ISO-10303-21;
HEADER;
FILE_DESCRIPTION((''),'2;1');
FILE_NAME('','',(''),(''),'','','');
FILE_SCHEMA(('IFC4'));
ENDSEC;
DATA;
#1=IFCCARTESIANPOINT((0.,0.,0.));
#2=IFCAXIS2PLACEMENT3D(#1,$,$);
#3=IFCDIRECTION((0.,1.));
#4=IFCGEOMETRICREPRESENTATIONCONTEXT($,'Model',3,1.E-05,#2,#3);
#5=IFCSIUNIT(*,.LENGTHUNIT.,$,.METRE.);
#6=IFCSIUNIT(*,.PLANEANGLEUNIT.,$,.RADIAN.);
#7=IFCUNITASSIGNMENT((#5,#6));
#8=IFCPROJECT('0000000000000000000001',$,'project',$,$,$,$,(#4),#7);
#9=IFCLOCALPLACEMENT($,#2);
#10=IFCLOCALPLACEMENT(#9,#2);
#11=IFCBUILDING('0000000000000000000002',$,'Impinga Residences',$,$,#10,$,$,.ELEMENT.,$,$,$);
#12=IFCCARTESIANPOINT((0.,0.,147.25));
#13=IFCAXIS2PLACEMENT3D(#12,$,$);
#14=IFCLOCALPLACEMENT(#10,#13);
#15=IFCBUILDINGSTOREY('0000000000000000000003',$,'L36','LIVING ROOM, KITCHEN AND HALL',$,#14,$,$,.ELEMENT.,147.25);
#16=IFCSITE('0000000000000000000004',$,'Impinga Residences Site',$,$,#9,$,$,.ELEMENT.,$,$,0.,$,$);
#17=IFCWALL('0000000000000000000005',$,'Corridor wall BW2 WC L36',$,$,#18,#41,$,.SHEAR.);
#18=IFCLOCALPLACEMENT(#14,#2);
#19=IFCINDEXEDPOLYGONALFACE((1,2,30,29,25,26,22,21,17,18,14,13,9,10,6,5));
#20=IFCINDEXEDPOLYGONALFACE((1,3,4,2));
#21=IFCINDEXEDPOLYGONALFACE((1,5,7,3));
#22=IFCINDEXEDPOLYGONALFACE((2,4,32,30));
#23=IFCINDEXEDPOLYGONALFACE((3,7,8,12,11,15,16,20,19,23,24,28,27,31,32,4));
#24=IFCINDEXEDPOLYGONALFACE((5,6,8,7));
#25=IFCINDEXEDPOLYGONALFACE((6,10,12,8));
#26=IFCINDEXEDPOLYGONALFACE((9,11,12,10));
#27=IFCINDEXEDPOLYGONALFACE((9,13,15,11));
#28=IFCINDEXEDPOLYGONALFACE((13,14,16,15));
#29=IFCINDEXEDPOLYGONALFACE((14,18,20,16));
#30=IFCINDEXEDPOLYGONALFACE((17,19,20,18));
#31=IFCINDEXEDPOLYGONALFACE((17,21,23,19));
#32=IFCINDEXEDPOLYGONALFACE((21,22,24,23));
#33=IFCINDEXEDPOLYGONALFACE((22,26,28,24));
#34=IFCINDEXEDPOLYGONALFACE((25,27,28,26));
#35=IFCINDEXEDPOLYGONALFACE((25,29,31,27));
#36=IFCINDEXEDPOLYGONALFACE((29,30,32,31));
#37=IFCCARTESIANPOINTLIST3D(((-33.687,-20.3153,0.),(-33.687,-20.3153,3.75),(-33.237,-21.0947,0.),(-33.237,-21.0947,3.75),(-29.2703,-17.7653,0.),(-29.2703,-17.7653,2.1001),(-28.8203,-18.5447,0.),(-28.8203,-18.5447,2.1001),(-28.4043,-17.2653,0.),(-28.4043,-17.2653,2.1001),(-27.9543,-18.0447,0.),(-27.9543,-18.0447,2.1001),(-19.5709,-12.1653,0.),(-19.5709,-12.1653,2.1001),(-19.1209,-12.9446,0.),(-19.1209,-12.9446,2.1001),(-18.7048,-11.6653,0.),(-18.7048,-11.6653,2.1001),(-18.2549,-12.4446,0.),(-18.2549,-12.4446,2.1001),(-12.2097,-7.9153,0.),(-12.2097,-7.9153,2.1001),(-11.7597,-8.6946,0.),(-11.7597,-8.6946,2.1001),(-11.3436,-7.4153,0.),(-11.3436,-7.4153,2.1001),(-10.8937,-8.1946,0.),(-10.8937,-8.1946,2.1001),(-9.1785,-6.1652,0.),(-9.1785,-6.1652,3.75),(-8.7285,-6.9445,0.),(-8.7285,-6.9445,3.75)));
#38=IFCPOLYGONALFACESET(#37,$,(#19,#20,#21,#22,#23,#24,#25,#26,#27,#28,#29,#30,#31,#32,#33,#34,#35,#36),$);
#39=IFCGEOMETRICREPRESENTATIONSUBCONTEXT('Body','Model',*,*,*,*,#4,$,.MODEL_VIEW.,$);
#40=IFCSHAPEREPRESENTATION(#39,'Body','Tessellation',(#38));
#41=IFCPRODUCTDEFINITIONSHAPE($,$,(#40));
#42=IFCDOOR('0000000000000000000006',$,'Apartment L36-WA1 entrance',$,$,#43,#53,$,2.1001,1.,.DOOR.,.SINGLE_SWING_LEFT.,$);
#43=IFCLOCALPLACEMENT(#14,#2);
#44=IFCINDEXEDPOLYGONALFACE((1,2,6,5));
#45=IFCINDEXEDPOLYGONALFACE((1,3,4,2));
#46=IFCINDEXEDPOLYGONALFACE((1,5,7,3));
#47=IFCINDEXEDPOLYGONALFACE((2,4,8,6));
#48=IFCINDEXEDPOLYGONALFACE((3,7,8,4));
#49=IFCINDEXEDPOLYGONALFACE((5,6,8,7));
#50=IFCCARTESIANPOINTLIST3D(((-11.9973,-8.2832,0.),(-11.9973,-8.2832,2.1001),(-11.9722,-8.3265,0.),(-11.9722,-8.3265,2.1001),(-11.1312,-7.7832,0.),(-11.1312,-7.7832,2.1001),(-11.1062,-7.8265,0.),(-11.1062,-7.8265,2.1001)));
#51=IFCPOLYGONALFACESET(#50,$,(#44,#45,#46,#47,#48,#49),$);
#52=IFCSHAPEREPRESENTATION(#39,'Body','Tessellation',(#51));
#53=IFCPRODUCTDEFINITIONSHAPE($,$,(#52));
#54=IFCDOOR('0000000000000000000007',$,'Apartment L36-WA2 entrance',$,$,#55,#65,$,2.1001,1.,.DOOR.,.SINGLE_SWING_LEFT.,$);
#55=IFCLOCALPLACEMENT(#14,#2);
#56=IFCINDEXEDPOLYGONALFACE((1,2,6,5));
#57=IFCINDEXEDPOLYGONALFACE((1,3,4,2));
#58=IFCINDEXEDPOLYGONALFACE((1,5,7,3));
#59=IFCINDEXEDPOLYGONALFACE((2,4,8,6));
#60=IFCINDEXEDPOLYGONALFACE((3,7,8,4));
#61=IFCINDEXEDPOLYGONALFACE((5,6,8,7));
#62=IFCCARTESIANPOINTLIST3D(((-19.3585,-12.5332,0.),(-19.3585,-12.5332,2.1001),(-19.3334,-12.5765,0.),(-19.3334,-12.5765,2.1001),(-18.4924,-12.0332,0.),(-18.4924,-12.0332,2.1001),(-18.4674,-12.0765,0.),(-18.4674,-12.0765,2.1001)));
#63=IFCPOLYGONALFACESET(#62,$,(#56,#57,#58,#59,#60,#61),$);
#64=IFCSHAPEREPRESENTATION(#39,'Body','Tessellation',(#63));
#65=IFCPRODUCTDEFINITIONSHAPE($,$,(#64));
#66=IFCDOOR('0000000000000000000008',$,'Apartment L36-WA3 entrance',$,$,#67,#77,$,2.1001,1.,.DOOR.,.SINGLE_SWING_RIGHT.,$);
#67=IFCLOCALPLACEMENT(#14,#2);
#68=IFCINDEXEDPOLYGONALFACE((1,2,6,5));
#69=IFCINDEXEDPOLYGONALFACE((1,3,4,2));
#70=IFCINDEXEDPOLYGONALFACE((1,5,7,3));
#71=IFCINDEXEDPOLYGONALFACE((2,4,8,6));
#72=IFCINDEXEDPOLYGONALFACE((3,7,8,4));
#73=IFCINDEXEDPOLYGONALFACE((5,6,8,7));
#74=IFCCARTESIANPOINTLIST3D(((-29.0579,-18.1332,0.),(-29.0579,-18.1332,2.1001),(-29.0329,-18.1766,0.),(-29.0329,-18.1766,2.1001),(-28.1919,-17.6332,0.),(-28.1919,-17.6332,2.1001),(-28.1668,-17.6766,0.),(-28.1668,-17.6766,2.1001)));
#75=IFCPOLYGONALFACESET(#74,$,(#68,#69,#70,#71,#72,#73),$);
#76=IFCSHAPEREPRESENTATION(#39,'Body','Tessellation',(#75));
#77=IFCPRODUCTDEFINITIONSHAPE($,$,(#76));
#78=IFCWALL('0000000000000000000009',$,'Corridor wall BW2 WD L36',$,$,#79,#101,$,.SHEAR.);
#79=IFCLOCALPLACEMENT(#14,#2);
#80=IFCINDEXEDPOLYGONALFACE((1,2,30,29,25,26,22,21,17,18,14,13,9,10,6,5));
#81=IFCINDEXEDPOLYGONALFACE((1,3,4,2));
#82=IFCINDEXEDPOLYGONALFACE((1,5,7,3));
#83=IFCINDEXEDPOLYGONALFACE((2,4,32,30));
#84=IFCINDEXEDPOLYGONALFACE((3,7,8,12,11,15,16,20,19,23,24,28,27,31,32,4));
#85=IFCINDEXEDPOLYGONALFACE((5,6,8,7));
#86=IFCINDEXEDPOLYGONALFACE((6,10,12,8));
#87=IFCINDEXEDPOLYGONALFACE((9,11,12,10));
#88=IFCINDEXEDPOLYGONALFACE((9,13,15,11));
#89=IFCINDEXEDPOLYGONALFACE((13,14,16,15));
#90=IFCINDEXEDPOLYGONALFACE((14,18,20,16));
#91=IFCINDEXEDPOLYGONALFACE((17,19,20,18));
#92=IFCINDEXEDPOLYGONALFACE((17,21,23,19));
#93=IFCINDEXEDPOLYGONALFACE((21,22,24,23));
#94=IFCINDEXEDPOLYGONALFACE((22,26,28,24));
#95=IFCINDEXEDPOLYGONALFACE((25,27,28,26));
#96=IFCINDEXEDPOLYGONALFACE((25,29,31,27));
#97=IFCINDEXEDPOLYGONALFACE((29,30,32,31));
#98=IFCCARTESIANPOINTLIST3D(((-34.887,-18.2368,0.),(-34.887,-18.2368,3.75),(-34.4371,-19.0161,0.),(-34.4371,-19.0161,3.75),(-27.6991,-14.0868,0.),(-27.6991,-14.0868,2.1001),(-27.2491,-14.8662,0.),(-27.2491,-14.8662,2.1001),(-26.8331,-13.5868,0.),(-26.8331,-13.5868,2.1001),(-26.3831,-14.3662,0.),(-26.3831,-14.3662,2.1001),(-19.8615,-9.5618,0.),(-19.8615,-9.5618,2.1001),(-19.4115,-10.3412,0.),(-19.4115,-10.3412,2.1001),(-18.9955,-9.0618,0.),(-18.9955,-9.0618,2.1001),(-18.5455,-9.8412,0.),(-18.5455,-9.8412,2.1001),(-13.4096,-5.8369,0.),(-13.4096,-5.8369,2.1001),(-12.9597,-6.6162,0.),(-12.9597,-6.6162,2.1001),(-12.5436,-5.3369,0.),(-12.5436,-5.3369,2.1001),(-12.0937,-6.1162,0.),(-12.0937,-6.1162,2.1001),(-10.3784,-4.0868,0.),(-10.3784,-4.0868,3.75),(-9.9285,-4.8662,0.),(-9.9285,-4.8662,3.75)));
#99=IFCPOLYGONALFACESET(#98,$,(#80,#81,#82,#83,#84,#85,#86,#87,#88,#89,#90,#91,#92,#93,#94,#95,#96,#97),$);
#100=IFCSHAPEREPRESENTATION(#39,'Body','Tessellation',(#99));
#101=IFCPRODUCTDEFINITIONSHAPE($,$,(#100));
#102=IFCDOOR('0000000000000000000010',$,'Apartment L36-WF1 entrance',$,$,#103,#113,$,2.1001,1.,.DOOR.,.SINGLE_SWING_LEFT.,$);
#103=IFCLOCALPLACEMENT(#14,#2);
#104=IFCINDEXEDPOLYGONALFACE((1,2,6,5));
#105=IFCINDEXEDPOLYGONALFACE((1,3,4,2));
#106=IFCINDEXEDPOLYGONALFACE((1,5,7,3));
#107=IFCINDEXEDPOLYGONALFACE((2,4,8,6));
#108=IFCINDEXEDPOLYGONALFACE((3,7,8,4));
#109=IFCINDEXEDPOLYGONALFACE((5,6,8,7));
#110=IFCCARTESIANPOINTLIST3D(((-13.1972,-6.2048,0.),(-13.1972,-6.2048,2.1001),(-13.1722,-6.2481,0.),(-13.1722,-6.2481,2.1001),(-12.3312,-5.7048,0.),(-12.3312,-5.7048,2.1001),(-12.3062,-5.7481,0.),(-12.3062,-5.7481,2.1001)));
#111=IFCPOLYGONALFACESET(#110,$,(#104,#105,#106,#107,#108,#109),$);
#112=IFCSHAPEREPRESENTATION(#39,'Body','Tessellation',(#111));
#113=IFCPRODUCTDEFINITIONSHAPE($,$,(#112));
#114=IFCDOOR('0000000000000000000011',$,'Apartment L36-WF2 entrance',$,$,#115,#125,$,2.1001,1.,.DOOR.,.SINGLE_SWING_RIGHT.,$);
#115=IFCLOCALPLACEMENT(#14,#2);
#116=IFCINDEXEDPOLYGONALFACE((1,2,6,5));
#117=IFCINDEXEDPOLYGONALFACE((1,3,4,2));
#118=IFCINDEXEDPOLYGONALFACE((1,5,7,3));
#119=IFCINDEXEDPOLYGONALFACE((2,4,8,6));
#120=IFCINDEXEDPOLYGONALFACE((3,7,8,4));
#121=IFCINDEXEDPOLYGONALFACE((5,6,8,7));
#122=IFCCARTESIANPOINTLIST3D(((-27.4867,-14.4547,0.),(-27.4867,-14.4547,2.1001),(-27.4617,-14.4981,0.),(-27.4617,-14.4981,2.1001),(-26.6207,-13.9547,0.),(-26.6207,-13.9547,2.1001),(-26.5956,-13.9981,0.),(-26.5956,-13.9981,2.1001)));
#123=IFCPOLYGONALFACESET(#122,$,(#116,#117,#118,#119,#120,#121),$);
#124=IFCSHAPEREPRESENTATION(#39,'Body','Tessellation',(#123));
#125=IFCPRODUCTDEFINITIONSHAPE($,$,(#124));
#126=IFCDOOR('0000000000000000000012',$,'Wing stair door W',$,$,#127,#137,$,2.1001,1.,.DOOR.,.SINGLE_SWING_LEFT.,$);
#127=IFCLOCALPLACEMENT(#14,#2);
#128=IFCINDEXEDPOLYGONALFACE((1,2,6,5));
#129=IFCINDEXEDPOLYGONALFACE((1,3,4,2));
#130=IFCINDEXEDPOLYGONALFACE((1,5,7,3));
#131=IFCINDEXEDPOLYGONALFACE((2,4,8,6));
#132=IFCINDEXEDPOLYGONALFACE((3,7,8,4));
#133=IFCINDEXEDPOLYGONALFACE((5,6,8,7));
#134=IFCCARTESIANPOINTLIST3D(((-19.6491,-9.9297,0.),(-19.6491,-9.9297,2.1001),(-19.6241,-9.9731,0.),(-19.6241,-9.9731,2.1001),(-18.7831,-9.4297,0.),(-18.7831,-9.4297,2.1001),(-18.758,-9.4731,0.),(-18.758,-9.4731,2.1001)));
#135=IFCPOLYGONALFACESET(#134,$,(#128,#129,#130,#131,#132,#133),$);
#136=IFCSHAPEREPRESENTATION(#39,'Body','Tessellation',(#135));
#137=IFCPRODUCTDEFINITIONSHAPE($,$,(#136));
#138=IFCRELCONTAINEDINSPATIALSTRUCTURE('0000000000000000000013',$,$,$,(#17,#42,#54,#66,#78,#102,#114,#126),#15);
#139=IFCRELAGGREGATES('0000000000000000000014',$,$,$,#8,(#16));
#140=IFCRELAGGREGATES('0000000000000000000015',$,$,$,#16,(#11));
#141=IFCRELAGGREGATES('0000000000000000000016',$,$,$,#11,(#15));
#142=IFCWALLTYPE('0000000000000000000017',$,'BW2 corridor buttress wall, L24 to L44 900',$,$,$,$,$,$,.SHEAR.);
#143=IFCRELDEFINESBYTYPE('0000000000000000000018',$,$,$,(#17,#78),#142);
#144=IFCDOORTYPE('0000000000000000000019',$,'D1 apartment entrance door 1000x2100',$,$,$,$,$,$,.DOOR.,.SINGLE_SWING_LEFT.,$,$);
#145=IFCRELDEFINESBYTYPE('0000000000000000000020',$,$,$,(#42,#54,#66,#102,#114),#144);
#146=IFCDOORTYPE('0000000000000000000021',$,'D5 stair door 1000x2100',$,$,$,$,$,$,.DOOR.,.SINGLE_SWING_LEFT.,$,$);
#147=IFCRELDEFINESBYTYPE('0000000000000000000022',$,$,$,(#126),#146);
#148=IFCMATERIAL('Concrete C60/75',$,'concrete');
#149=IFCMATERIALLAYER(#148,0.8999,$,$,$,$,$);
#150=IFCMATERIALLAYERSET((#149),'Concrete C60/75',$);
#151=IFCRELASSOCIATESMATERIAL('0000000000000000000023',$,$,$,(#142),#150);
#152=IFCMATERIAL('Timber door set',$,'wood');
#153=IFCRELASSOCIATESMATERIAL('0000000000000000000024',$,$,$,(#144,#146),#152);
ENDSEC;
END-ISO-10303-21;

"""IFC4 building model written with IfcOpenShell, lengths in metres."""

from ifc_helpers import new_model, si_unit, direction, frame, frame_2d, origin, place, context, subcontext, project, spatial, rectangle, extrude, material, layer, layer_set, type_object, element, fill, save


model = new_model("IFC4")

# Units and contexts
model_context = context("Model", 3, precision=1e-05, world=origin(), true_north=direction((0.0, 1.0)))
body_context = subcontext(model_context, "Body", "Model", "MODEL_VIEW")
ifc_project = project(units=[si_unit("LENGTHUNIT", "METRE"), si_unit("PLANEANGLEUNIT", "RADIAN")], contexts=[model_context])

# Site, building, storey
site_placement = place(None, origin())
site = spatial("IfcSite", under=ifc_project, at=site_placement, Name="Impinga Residences Site", CompositionType="ELEMENT", RefElevation=0.0)
building_placement = place(site_placement, origin())
building = spatial("IfcBuilding", under=site, at=building_placement, Name="Impinga Residences", CompositionType="ELEMENT")
storey_placement = place(building_placement, frame((0.0, 0.0, 147.25)))
storey = spatial("IfcBuildingStorey", under=building, at=storey_placement, Name="L36", Description="LIVING ROOM, KITCHEN AND HALL", CompositionType="ELEMENT", Elevation=147.25)

# Walls, openings, doors
ifc_material_1 = material(Name="Concrete C60/75", Category="concrete")
ifc_layer_1 = layer(ifc_material_1, 0.8999)
ifc_layer_set_1 = layer_set([ifc_layer_1], Name="Concrete C60/75")
wall_type_1 = type_object("IfcWallType", Name="BW2 corridor buttress wall, L24 to L44 900", PredefinedType="SHEAR", material=ifc_layer_set_1)
wall_1_placement = place(storey_placement, frame((-8.9536, -6.5549, 0.0), z_axis=(0.0, 0.0, 1.0), x_axis=(-0.866023, -0.500003, 0.0)))
wall_1 = element("IfcWall", 1, at=wall_1_placement, inside=storey, type_object=wall_type_1, Name="Corridor wall BW2 WC L36", PredefinedType="SHEAR", context=body_context, shape_type="SweptSolid", body=[
    extrude(rectangle(XDim=28.3, YDim=0.8999, at=frame_2d((14.1499, 0.0))), origin(), (0.0, 0.0, 1.0), 3.75),
])
opening_1_placement = place(wall_1_placement, frame((2.5, 0.0, 0.0)))
opening_1 = element("IfcOpeningElement", 2, at=opening_1_placement, cuts=wall_1, PredefinedType="OPENING", context=body_context, shape_type="SweptSolid", body=[
    extrude(rectangle(XDim=1.0, YDim=2.1001, at=frame_2d((0.5, 1.05))), frame((0.0, 0.46, 0.0), z_axis=(0.0, -1.0, 0.0), x_axis=(1.0, 0.0, 0.0)), (0.0, 0.0, 1.0), 0.9199),
])
opening_2_placement = place(wall_1_placement, frame((11.0, 0.0, 0.0)))
opening_2 = element("IfcOpeningElement", 3, at=opening_2_placement, cuts=wall_1, PredefinedType="OPENING", context=body_context, shape_type="SweptSolid", body=[
    extrude(rectangle(XDim=1.0, YDim=2.1001, at=frame_2d((0.5, 1.05))), frame((0.0, 0.46, 0.0), z_axis=(0.0, -1.0, 0.0), x_axis=(1.0, 0.0, 0.0)), (0.0, 0.0, 1.0), 0.9199),
])
opening_3_placement = place(wall_1_placement, frame((22.2, 0.0, 0.0)))
opening_3 = element("IfcOpeningElement", 4, at=opening_3_placement, cuts=wall_1, PredefinedType="OPENING", context=body_context, shape_type="SweptSolid", body=[
    extrude(rectangle(XDim=1.0, YDim=2.1001, at=frame_2d((0.5, 1.05))), frame((0.0, 0.46, 0.0), z_axis=(0.0, -1.0, 0.0), x_axis=(1.0, 0.0, 0.0)), (0.0, 0.0, 1.0), 0.9199),
])
ifc_material_2 = material(Name="Timber door set", Category="wood")
door_type_1 = type_object("IfcDoorType", Name="D1 apartment entrance door 1000x2100", OperationType="SINGLE_SWING_LEFT", PredefinedType="DOOR", material=ifc_material_2)
door_1_placement = place(opening_1_placement, origin())
door_1 = element("IfcDoor", 5, at=door_1_placement, inside=storey, type_object=door_type_1, Name="Apartment L36-WA1 entrance", OperationType="SINGLE_SWING_LEFT", OverallHeight=2.1001, OverallWidth=1.0, PredefinedType="DOOR", context=body_context, shape_type="SweptSolid", body=[
    extrude(rectangle(XDim=1.0, YDim=2.1001, at=frame_2d((0.5, 1.05))), frame((0.0, 0.0249, 0.0), z_axis=(0.0, -1.0, 0.0), x_axis=(1.0, 0.0, 0.0)), (0.0, 0.0, 1.0), 0.05),
])
fill(opening_1, door_1)
door_2_placement = place(opening_2_placement, origin())
door_2 = element("IfcDoor", 6, at=door_2_placement, inside=storey, type_object=door_type_1, Name="Apartment L36-WA2 entrance", OperationType="SINGLE_SWING_LEFT", OverallHeight=2.1001, OverallWidth=1.0, PredefinedType="DOOR", context=body_context, shape_type="SweptSolid", body=[
    extrude(rectangle(XDim=1.0, YDim=2.1001, at=frame_2d((0.5, 1.05))), frame((0.0, 0.0249, 0.0), z_axis=(0.0, -1.0, 0.0), x_axis=(1.0, 0.0, 0.0)), (0.0, 0.0, 1.0), 0.05),
])
fill(opening_2, door_2)
door_3_placement = place(opening_3_placement, origin())
door_3 = element("IfcDoor", 7, at=door_3_placement, inside=storey, type_object=door_type_1, Name="Apartment L36-WA3 entrance", OperationType="SINGLE_SWING_RIGHT", OverallHeight=2.1001, OverallWidth=1.0, PredefinedType="DOOR", context=body_context, shape_type="SweptSolid", body=[
    extrude(rectangle(XDim=1.0, YDim=2.1001, at=frame_2d((0.5, 1.05))), frame((0.0, 0.0249, 0.0), z_axis=(0.0, -1.0, 0.0), x_axis=(1.0, 0.0, 0.0)), (0.0, 0.0, 1.0), 0.05),
])
fill(opening_3, door_3)
wall_2_placement = place(storey_placement, frame((-10.1536, -4.4766, 0.0), z_axis=(0.0, 0.0, 1.0), x_axis=(-0.866027, -0.499997, 0.0)))
wall_2 = element("IfcWall", 8, at=wall_2_placement, inside=storey, type_object=wall_type_1, Name="Corridor wall BW2 WD L36", PredefinedType="SHEAR", context=body_context, shape_type="SweptSolid", body=[
    extrude(rectangle(XDim=28.3, YDim=0.8999, at=frame_2d((14.1499, 0.0))), origin(), (0.0, 0.0, 1.0), 3.75),
])
opening_4_placement = place(wall_2_placement, frame((9.95, 0.0, 0.0)))
opening_4 = element("IfcOpeningElement", 9, at=opening_4_placement, cuts=wall_2, PredefinedType="OPENING", context=body_context, shape_type="SweptSolid", body=[
    extrude(rectangle(XDim=1.0, YDim=2.1001, at=frame_2d((0.5, 1.05))), frame((0.0, 0.46, 0.0), z_axis=(0.0, -1.0, 0.0), x_axis=(1.0, 0.0, 0.0)), (0.0, 0.0, 1.0), 0.9199),
])
opening_5_placement = place(wall_2_placement, frame((2.5, 0.0, 0.0)))
opening_5 = element("IfcOpeningElement", 10, at=opening_5_placement, cuts=wall_2, PredefinedType="OPENING", context=body_context, shape_type="SweptSolid", body=[
    extrude(rectangle(XDim=1.0, YDim=2.1001, at=frame_2d((0.5, 1.05))), frame((0.0, 0.46, 0.0), z_axis=(0.0, -1.0, 0.0), x_axis=(1.0, 0.0, 0.0)), (0.0, 0.0, 1.0), 0.9199),
])
opening_6_placement = place(wall_2_placement, frame((19.0, 0.0, 0.0)))
opening_6 = element("IfcOpeningElement", 11, at=opening_6_placement, cuts=wall_2, PredefinedType="OPENING", context=body_context, shape_type="SweptSolid", body=[
    extrude(rectangle(XDim=1.0, YDim=2.1001, at=frame_2d((0.5, 1.05))), frame((0.0, 0.46, 0.0), z_axis=(0.0, -1.0, 0.0), x_axis=(1.0, 0.0, 0.0)), (0.0, 0.0, 1.0), 0.9199),
])
door_4_placement = place(opening_5_placement, origin())
door_4 = element("IfcDoor", 12, at=door_4_placement, inside=storey, type_object=door_type_1, Name="Apartment L36-WF1 entrance", OperationType="SINGLE_SWING_LEFT", OverallHeight=2.1001, OverallWidth=1.0, PredefinedType="DOOR", context=body_context, shape_type="SweptSolid", body=[
    extrude(rectangle(XDim=1.0, YDim=2.1001, at=frame_2d((0.5, 1.05))), frame((0.0, 0.0249, 0.0), z_axis=(0.0, -1.0, 0.0), x_axis=(1.0, 0.0, 0.0)), (0.0, 0.0, 1.0), 0.05),
])
fill(opening_5, door_4)
door_5_placement = place(opening_6_placement, origin())
door_5 = element("IfcDoor", 13, at=door_5_placement, inside=storey, type_object=door_type_1, Name="Apartment L36-WF2 entrance", OperationType="SINGLE_SWING_RIGHT", OverallHeight=2.1001, OverallWidth=1.0, PredefinedType="DOOR", context=body_context, shape_type="SweptSolid", body=[
    extrude(rectangle(XDim=1.0, YDim=2.1001, at=frame_2d((0.5, 1.05))), frame((0.0, 0.0249, 0.0), z_axis=(0.0, -1.0, 0.0), x_axis=(1.0, 0.0, 0.0)), (0.0, 0.0, 1.0), 0.05),
])
fill(opening_6, door_5)
door_type_2 = type_object("IfcDoorType", Name="D5 stair door 1000x2100", OperationType="SINGLE_SWING_LEFT", PredefinedType="DOOR", material=ifc_material_2)
door_6_placement = place(opening_4_placement, origin())
door_6 = element("IfcDoor", 14, at=door_6_placement, inside=storey, type_object=door_type_2, Name="Wing stair door W", OperationType="SINGLE_SWING_LEFT", OverallHeight=2.1001, OverallWidth=1.0, PredefinedType="DOOR", context=body_context, shape_type="SweptSolid", body=[
    extrude(rectangle(XDim=1.0, YDim=2.1001, at=frame_2d((0.5, 1.05))), frame((0.0, 0.0249, 0.0), z_axis=(0.0, -1.0, 0.0), x_axis=(1.0, 0.0, 0.0)), (0.0, 0.0, 1.0), 0.05),
])
fill(opening_4, door_6)

save(model, "model.ifc")
